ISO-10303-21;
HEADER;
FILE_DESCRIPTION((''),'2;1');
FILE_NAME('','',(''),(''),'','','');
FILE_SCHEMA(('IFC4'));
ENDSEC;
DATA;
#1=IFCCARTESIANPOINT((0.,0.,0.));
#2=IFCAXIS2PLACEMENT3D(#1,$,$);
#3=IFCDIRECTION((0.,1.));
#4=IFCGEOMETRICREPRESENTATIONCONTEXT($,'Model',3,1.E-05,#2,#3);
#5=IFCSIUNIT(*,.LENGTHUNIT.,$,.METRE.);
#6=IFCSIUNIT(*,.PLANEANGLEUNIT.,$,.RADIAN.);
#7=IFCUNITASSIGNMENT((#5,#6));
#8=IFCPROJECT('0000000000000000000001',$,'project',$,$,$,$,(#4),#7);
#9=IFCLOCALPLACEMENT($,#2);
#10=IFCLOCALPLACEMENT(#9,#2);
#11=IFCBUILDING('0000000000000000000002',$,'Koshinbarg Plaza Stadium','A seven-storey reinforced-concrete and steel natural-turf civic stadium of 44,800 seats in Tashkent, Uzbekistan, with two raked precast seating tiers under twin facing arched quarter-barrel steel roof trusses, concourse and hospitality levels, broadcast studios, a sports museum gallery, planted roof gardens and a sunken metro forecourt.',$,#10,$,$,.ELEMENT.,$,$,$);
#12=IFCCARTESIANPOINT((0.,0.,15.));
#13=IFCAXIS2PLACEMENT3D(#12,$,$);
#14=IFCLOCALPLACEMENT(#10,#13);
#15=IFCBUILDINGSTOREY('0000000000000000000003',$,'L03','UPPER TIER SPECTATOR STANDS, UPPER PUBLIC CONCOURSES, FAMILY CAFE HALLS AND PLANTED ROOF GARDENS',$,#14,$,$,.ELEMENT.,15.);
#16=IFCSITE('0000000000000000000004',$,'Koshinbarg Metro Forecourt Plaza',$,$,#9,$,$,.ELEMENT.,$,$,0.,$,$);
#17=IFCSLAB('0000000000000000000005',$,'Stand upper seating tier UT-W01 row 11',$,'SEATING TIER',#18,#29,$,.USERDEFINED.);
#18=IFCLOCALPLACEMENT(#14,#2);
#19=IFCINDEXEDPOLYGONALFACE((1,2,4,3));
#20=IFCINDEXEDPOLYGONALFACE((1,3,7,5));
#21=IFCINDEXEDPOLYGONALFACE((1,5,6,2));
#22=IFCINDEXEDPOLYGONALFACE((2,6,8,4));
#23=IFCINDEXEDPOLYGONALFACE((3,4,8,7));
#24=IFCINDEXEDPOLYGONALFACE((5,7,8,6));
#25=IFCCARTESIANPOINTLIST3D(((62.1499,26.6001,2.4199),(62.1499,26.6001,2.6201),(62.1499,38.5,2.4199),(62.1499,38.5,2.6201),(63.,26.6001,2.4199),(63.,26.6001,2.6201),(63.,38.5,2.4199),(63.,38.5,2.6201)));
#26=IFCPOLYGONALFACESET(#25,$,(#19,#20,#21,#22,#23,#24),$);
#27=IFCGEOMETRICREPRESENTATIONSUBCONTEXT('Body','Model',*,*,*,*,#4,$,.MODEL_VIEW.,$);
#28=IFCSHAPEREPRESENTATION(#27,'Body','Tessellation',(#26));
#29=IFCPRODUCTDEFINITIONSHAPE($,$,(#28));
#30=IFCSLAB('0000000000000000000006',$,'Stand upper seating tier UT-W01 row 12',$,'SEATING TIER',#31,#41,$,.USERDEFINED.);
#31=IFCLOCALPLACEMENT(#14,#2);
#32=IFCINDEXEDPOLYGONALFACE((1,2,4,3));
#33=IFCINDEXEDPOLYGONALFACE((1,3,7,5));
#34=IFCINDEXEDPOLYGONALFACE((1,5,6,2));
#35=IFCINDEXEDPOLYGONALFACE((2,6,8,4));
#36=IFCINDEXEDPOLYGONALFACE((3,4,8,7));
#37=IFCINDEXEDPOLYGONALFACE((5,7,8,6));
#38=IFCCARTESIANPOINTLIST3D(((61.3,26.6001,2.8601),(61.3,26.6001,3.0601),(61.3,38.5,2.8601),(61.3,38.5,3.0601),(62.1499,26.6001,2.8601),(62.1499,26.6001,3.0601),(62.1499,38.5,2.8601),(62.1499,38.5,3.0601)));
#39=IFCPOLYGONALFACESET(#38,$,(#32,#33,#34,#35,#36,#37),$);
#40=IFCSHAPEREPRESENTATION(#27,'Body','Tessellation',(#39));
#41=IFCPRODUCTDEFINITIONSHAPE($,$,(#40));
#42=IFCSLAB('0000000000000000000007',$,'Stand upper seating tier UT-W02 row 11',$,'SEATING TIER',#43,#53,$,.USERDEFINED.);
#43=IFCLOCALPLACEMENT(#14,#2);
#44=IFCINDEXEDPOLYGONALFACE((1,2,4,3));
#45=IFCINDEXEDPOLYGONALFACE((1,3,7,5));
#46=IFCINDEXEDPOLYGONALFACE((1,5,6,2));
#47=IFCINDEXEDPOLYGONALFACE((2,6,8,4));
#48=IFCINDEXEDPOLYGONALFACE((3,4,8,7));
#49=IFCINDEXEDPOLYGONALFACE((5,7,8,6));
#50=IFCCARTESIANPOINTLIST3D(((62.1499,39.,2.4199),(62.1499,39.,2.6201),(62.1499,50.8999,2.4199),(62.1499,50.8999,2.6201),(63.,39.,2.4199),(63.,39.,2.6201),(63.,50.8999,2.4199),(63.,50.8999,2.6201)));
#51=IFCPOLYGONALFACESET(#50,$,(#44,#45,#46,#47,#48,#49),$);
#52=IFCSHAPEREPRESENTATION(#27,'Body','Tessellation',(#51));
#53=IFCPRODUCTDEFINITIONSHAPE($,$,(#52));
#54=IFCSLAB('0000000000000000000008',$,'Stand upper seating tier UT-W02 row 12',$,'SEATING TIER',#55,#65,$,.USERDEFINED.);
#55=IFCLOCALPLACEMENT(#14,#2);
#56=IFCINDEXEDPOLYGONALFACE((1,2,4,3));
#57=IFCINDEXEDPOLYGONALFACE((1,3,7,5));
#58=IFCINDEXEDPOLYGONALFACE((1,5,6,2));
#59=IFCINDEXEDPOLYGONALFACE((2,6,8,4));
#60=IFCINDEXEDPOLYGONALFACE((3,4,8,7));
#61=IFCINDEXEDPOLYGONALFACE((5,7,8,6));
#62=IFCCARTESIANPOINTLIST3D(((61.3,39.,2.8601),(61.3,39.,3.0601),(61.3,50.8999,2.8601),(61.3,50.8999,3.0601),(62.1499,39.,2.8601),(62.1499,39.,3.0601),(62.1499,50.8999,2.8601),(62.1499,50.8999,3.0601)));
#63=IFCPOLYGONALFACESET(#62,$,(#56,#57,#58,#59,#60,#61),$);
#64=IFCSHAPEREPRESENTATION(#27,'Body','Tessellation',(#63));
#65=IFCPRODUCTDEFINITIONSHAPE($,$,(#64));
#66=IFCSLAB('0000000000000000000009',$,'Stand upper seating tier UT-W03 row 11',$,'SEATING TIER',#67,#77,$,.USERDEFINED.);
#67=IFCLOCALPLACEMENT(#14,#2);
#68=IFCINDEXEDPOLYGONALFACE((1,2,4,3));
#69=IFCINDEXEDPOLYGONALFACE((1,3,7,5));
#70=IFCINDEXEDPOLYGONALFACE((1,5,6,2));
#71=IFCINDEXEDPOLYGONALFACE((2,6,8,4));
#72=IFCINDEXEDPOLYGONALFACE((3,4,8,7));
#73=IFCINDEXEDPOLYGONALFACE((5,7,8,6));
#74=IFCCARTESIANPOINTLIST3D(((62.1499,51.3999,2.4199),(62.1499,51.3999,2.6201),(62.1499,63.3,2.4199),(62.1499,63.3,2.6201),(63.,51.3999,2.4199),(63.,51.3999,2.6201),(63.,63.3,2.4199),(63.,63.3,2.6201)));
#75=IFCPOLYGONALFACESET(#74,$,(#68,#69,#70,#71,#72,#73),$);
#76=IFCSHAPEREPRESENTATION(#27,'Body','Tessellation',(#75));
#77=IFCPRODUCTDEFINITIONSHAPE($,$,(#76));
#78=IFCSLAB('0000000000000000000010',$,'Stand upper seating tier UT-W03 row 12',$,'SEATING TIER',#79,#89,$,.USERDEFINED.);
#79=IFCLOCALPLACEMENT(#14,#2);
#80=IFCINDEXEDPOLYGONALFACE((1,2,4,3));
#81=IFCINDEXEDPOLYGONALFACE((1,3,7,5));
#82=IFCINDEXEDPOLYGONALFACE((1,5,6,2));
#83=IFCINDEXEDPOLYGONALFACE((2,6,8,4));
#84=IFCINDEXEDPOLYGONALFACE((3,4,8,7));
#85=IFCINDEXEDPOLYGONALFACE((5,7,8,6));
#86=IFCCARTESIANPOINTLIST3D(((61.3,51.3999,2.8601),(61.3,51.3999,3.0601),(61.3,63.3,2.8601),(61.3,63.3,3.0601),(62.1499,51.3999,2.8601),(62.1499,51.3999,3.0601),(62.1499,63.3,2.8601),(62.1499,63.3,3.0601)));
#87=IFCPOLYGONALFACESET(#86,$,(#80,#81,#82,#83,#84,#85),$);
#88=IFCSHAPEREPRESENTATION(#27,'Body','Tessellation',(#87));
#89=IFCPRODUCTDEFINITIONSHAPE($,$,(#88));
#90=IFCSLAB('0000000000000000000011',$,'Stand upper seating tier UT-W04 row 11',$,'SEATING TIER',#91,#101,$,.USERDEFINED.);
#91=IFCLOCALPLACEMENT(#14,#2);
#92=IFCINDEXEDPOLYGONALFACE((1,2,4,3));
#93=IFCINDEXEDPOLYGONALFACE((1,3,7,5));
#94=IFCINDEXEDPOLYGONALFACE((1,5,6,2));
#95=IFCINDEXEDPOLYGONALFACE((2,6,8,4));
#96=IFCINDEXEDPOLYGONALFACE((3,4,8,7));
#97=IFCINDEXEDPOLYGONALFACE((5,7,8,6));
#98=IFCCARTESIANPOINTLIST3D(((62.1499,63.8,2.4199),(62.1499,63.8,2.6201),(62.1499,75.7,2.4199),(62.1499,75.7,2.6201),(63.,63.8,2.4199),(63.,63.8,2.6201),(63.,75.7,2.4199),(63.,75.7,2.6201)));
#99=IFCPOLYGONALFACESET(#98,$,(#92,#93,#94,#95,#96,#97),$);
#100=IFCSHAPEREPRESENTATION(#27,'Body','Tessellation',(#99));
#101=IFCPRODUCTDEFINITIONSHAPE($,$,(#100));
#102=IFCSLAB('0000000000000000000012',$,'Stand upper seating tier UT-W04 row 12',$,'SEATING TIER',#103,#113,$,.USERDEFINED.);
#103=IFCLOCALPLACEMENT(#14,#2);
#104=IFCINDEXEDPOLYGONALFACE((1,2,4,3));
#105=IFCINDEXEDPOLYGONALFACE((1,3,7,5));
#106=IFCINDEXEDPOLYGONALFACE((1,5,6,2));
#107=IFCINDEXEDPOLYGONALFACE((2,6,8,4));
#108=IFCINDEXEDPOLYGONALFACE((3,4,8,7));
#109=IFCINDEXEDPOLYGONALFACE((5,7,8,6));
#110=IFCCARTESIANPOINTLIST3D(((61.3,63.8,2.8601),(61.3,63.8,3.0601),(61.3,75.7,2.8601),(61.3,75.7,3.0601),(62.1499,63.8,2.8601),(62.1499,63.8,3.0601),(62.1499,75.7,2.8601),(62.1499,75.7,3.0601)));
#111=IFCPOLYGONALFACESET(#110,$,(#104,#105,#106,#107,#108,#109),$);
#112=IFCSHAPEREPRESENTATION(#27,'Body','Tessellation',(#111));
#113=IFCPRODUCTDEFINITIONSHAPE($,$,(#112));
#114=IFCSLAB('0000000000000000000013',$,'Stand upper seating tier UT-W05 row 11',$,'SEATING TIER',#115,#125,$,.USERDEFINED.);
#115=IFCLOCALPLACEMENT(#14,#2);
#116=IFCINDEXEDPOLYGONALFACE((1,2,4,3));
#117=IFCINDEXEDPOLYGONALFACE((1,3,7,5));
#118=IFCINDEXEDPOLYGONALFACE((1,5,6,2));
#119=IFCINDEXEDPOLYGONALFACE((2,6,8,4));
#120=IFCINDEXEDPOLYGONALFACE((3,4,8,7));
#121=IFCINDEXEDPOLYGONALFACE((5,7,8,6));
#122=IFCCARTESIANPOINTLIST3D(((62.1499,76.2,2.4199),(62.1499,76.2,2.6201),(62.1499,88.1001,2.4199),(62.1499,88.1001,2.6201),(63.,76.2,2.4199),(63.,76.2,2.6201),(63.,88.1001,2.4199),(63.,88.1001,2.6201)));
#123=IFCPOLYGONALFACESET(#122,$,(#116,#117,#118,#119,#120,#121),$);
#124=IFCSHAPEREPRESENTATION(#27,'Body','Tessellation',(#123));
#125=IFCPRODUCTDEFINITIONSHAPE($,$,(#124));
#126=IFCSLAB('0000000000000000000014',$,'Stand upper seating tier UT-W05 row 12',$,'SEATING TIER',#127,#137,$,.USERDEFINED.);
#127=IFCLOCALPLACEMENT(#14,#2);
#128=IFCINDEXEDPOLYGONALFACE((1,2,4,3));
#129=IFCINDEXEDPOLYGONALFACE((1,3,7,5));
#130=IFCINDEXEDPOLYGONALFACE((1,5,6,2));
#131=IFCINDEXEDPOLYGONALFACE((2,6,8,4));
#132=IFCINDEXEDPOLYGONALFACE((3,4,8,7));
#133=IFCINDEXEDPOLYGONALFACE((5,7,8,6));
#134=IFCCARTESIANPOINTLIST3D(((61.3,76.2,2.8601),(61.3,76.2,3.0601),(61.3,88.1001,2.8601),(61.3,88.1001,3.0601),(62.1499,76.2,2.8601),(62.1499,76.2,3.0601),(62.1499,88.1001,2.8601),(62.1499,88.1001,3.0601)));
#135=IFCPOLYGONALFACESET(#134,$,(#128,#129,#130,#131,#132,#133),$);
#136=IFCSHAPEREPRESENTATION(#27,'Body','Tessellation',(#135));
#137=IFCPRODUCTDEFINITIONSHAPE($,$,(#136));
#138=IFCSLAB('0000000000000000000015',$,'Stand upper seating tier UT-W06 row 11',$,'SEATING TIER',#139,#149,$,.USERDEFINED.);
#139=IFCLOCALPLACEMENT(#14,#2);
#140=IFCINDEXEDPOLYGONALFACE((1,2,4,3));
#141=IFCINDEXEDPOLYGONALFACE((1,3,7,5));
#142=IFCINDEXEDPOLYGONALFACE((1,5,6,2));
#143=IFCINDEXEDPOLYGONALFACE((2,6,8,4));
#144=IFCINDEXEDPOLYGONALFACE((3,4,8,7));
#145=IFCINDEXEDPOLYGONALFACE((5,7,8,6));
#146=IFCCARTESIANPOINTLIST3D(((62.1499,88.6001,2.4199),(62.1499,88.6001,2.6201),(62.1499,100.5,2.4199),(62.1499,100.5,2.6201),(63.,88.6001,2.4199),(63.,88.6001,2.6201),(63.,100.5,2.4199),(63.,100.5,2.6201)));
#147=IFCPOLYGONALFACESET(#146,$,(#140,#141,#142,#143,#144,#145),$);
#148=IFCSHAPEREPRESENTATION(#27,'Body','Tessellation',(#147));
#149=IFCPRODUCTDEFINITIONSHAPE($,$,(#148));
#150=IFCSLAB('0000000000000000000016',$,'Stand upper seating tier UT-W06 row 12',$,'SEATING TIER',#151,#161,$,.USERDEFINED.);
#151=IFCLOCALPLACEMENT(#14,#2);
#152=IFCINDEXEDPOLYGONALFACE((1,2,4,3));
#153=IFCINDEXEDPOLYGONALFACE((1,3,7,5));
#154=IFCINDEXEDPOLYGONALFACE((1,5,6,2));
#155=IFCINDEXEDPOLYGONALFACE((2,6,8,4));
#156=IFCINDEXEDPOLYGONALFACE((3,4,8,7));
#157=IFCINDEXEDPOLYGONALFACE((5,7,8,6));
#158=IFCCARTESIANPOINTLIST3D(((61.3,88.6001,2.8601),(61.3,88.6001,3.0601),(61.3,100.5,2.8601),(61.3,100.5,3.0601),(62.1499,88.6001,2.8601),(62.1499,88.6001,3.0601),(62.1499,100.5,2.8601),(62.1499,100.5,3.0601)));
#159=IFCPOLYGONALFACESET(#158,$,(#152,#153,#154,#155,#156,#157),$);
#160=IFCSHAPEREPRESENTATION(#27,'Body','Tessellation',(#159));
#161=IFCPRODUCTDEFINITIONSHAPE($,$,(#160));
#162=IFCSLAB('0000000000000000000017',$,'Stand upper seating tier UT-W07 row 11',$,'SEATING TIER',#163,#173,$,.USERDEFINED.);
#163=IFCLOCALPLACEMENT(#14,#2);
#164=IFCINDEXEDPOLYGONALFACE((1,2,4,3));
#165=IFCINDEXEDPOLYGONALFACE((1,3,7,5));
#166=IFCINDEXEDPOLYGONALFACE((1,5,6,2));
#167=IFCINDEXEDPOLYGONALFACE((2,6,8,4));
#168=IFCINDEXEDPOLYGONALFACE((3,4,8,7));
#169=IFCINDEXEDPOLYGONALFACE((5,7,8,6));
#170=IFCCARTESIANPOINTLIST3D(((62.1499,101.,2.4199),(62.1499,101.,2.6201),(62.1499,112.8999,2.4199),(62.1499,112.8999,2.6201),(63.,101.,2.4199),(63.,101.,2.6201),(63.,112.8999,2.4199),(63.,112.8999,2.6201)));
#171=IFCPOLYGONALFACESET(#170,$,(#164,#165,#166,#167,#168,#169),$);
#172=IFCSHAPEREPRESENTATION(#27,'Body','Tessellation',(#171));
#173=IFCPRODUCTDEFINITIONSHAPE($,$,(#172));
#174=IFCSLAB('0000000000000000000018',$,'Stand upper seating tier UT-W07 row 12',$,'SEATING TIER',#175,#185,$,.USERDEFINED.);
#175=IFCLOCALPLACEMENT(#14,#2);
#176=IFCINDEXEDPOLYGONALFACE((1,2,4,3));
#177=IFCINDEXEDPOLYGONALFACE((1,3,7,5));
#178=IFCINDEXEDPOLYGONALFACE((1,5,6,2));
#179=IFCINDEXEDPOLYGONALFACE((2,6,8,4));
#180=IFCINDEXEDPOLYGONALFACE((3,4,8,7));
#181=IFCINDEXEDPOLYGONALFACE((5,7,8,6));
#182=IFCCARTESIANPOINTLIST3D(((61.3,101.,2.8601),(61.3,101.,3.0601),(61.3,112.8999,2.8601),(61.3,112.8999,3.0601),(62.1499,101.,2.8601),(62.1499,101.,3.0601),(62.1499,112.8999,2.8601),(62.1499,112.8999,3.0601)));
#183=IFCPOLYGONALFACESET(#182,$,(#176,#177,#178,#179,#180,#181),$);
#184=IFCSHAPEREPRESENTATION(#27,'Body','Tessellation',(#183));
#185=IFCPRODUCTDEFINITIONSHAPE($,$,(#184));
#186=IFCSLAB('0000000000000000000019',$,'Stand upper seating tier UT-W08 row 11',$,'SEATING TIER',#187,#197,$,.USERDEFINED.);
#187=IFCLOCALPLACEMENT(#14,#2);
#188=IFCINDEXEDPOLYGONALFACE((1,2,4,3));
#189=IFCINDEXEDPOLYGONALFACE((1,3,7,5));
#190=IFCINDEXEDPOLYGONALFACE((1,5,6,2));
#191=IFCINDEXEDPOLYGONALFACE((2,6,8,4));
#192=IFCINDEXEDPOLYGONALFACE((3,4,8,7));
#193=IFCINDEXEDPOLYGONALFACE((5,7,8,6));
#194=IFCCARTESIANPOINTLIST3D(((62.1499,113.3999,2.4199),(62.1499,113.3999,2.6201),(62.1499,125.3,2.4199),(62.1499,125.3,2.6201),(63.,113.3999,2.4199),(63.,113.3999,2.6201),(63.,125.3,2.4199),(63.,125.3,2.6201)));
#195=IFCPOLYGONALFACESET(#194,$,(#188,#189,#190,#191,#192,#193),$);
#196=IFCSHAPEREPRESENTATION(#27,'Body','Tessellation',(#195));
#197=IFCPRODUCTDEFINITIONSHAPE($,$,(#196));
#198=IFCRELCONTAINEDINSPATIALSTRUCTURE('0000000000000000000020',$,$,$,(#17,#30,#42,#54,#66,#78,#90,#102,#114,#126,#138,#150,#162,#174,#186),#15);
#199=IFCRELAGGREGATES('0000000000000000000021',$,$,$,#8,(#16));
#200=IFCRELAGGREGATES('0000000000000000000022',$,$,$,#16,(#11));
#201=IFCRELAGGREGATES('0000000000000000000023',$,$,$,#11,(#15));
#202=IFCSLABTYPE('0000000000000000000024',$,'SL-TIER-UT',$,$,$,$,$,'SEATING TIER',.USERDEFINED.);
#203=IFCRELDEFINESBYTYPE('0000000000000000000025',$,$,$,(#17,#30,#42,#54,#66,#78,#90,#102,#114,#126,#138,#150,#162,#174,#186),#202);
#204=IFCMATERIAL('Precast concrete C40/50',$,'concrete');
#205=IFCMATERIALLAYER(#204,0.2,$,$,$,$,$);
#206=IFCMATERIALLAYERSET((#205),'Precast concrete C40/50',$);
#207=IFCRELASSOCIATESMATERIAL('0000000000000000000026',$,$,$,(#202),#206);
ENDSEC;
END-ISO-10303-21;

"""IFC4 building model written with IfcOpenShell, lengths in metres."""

from ifc_helpers import new_model, si_unit, direction, frame, origin, place, context, subcontext, project, spatial, polyline, outline, extrude, material, layer, layer_set, type_object, element, save


model = new_model("IFC4")

# Units and contexts
model_context = context("Model", 3, precision=1e-05, world=origin(), true_north=direction((0.0, 1.0)))
body_context = subcontext(model_context, "Body", "Model", "MODEL_VIEW")
ifc_project = project(units=[si_unit("LENGTHUNIT", "METRE"), si_unit("PLANEANGLEUNIT", "RADIAN")], contexts=[model_context])

# Site, building, storey
site_placement = place(None, origin())
site = spatial("IfcSite", under=ifc_project, at=site_placement, Name="Koshinbarg Metro Forecourt Plaza", CompositionType="ELEMENT", RefElevation=0.0)
building_placement = place(site_placement, origin())
building = spatial("IfcBuilding", under=site, at=building_placement, Name="Koshinbarg Plaza Stadium", Description="A seven-storey reinforced-concrete and steel natural-turf civic stadium of 44,800 seats in Tashkent, Uzbekistan, with two raked precast seating tiers under twin facing arched quarter-barrel steel roof trusses, concourse and hospitality levels, broadcast studios, a sports museum gallery, planted roof gardens and a sunken metro forecourt.", CompositionType="ELEMENT")
storey_placement = place(building_placement, frame((0.0, 0.0, 15.0)))
storey = spatial("IfcBuildingStorey", under=building, at=storey_placement, Name="L03", Description="UPPER TIER SPECTATOR STANDS, UPPER PUBLIC CONCOURSES, FAMILY CAFE HALLS AND PLANTED ROOF GARDENS", CompositionType="ELEMENT", Elevation=15.0)

# Slabs
ifc_material = material(Name="Precast concrete C40/50", Category="concrete")
ifc_layer = layer(ifc_material, 0.2)
ifc_layer_set = layer_set([ifc_layer], Name="Precast concrete C40/50")
slab_type = type_object("IfcSlabType", Name="SL-TIER-UT", ElementType="SEATING TIER", PredefinedType="USERDEFINED", material=ifc_layer_set)
slab_1_placement = place(storey_placement, frame((0.0, 0.0, 2.4199)))
element("IfcSlab", 1, at=slab_1_placement, inside=storey, type_object=slab_type, Name="Stand upper seating tier UT-W01 row 11", ObjectType="SEATING TIER", PredefinedType="USERDEFINED", context=body_context, shape_type="SweptSolid", body=[
    extrude(outline(polyline([(62.1499, 26.6001), (63.0, 26.6001), (63.0, 38.5), (62.1499, 38.5), (62.1499, 26.6001)])), origin(), (0.0, 0.0, 1.0), 0.2002),
])
slab_2_placement = place(storey_placement, frame((0.0, 0.0, 2.8601)))
element("IfcSlab", 2, at=slab_2_placement, inside=storey, type_object=slab_type, Name="Stand upper seating tier UT-W01 row 12", ObjectType="SEATING TIER", PredefinedType="USERDEFINED", context=body_context, shape_type="SweptSolid", body=[
    extrude(outline(polyline([(61.3, 26.6001), (62.1499, 26.6001), (62.1499, 38.5), (61.3, 38.5), (61.3, 26.6001)])), origin(), (0.0, 0.0, 1.0), 0.2),
])
slab_3_placement = place(storey_placement, frame((0.0, 0.0, 2.4199)))
element("IfcSlab", 3, at=slab_3_placement, inside=storey, type_object=slab_type, Name="Stand upper seating tier UT-W02 row 11", ObjectType="SEATING TIER", PredefinedType="USERDEFINED", context=body_context, shape_type="SweptSolid", body=[
    extrude(outline(polyline([(62.1499, 39.0), (63.0, 39.0), (63.0, 50.8999), (62.1499, 50.8999), (62.1499, 39.0)])), origin(), (0.0, 0.0, 1.0), 0.2002),
])
slab_4_placement = place(storey_placement, frame((0.0, 0.0, 2.8601)))
element("IfcSlab", 4, at=slab_4_placement, inside=storey, type_object=slab_type, Name="Stand upper seating tier UT-W02 row 12", ObjectType="SEATING TIER", PredefinedType="USERDEFINED", context=body_context, shape_type="SweptSolid", body=[
    extrude(outline(polyline([(61.3, 39.0), (62.1499, 39.0), (62.1499, 50.8999), (61.3, 50.8999), (61.3, 39.0)])), origin(), (0.0, 0.0, 1.0), 0.2),
])
slab_5_placement = place(storey_placement, frame((0.0, 0.0, 2.4199)))
element("IfcSlab", 5, at=slab_5_placement, inside=storey, type_object=slab_type, Name="Stand upper seating tier UT-W03 row 11", ObjectType="SEATING TIER", PredefinedType="USERDEFINED", context=body_context, shape_type="SweptSolid", body=[
    extrude(outline(polyline([(62.1499, 51.3999), (63.0, 51.3999), (63.0, 63.3), (62.1499, 63.3), (62.1499, 51.3999)])), origin(), (0.0, 0.0, 1.0), 0.2002),
])
slab_6_placement = place(storey_placement, frame((0.0, 0.0, 2.8601)))
element("IfcSlab", 6, at=slab_6_placement, inside=storey, type_object=slab_type, Name="Stand upper seating tier UT-W03 row 12", ObjectType="SEATING TIER", PredefinedType="USERDEFINED", context=body_context, shape_type="SweptSolid", body=[
    extrude(outline(polyline([(61.3, 51.3999), (62.1499, 51.3999), (62.1499, 63.3), (61.3, 63.3), (61.3, 51.3999)])), origin(), (0.0, 0.0, 1.0), 0.2),
])
slab_7_placement = place(storey_placement, frame((0.0, 0.0, 2.4199)))
element("IfcSlab", 7, at=slab_7_placement, inside=storey, type_object=slab_type, Name="Stand upper seating tier UT-W04 row 11", ObjectType="SEATING TIER", PredefinedType="USERDEFINED", context=body_context, shape_type="SweptSolid", body=[
    extrude(outline(polyline([(62.1499, 63.8), (63.0, 63.8), (63.0, 75.7), (62.1499, 75.7), (62.1499, 63.8)])), origin(), (0.0, 0.0, 1.0), 0.2002),
])
slab_8_placement = place(storey_placement, frame((0.0, 0.0, 2.8601)))
element("IfcSlab", 8, at=slab_8_placement, inside=storey, type_object=slab_type, Name="Stand upper seating tier UT-W04 row 12", ObjectType="SEATING TIER", PredefinedType="USERDEFINED", context=body_context, shape_type="SweptSolid", body=[
    extrude(outline(polyline([(61.3, 63.8), (62.1499, 63.8), (62.1499, 75.7), (61.3, 75.7), (61.3, 63.8)])), origin(), (0.0, 0.0, 1.0), 0.2),
])
slab_9_placement = place(storey_placement, frame((0.0, 0.0, 2.4199)))
element("IfcSlab", 9, at=slab_9_placement, inside=storey, type_object=slab_type, Name="Stand upper seating tier UT-W05 row 11", ObjectType="SEATING TIER", PredefinedType="USERDEFINED", context=body_context, shape_type="SweptSolid", body=[
    extrude(outline(polyline([(62.1499, 76.2), (63.0, 76.2), (63.0, 88.1001), (62.1499, 88.1001), (62.1499, 76.2)])), origin(), (0.0, 0.0, 1.0), 0.2002),
])
slab_10_placement = place(storey_placement, frame((0.0, 0.0, 2.8601)))
element("IfcSlab", 10, at=slab_10_placement, inside=storey, type_object=slab_type, Name="Stand upper seating tier UT-W05 row 12", ObjectType="SEATING TIER", PredefinedType="USERDEFINED", context=body_context, shape_type="SweptSolid", body=[
    extrude(outline(polyline([(61.3, 76.2), (62.1499, 76.2), (62.1499, 88.1001), (61.3, 88.1001), (61.3, 76.2)])), origin(), (0.0, 0.0, 1.0), 0.2),
])
slab_11_placement = place(storey_placement, frame((0.0, 0.0, 2.4199)))
element("IfcSlab", 11, at=slab_11_placement, inside=storey, type_object=slab_type, Name="Stand upper seating tier UT-W06 row 11", ObjectType="SEATING TIER", PredefinedType="USERDEFINED", context=body_context, shape_type="SweptSolid", body=[
    extrude(outline(polyline([(62.1499, 88.6001), (63.0, 88.6001), (63.0, 100.5), (62.1499, 100.5), (62.1499, 88.6001)])), origin(), (0.0, 0.0, 1.0), 0.2002),
])
slab_12_placement = place(storey_placement, frame((0.0, 0.0, 2.8601)))
element("IfcSlab", 12, at=slab_12_placement, inside=storey, type_object=slab_type, Name="Stand upper seating tier UT-W06 row 12", ObjectType="SEATING TIER", PredefinedType="USERDEFINED", context=body_context, shape_type="SweptSolid", body=[
    extrude(outline(polyline([(61.3, 88.6001), (62.1499, 88.6001), (62.1499, 100.5), (61.3, 100.5), (61.3, 88.6001)])), origin(), (0.0, 0.0, 1.0), 0.2),
])
slab_13_placement = place(storey_placement, frame((0.0, 0.0, 2.4199)))
element("IfcSlab", 13, at=slab_13_placement, inside=storey, type_object=slab_type, Name="Stand upper seating tier UT-W07 row 11", ObjectType="SEATING TIER", PredefinedType="USERDEFINED", context=body_context, shape_type="SweptSolid", body=[
    extrude(outline(polyline([(62.1499, 101.0), (63.0, 101.0), (63.0, 112.8999), (62.1499, 112.8999), (62.1499, 101.0)])), origin(), (0.0, 0.0, 1.0), 0.2002),
])
slab_14_placement = place(storey_placement, frame((0.0, 0.0, 2.8601)))
element("IfcSlab", 14, at=slab_14_placement, inside=storey, type_object=slab_type, Name="Stand upper seating tier UT-W07 row 12", ObjectType="SEATING TIER", PredefinedType="USERDEFINED", context=body_context, shape_type="SweptSolid", body=[
    extrude(outline(polyline([(61.3, 101.0), (62.1499, 101.0), (62.1499, 112.8999), (61.3, 112.8999), (61.3, 101.0)])), origin(), (0.0, 0.0, 1.0), 0.2),
])
slab_15_placement = place(storey_placement, frame((0.0, 0.0, 2.4199)))
element("IfcSlab", 15, at=slab_15_placement, inside=storey, type_object=slab_type, Name="Stand upper seating tier UT-W08 row 11", ObjectType="SEATING TIER", PredefinedType="USERDEFINED", context=body_context, shape_type="SweptSolid", body=[
    extrude(outline(polyline([(62.1499, 113.3999), (63.0, 113.3999), (63.0, 125.3), (62.1499, 125.3), (62.1499, 113.3999)])), origin(), (0.0, 0.0, 1.0), 0.2002),
])

save(model, "model.ifc")
